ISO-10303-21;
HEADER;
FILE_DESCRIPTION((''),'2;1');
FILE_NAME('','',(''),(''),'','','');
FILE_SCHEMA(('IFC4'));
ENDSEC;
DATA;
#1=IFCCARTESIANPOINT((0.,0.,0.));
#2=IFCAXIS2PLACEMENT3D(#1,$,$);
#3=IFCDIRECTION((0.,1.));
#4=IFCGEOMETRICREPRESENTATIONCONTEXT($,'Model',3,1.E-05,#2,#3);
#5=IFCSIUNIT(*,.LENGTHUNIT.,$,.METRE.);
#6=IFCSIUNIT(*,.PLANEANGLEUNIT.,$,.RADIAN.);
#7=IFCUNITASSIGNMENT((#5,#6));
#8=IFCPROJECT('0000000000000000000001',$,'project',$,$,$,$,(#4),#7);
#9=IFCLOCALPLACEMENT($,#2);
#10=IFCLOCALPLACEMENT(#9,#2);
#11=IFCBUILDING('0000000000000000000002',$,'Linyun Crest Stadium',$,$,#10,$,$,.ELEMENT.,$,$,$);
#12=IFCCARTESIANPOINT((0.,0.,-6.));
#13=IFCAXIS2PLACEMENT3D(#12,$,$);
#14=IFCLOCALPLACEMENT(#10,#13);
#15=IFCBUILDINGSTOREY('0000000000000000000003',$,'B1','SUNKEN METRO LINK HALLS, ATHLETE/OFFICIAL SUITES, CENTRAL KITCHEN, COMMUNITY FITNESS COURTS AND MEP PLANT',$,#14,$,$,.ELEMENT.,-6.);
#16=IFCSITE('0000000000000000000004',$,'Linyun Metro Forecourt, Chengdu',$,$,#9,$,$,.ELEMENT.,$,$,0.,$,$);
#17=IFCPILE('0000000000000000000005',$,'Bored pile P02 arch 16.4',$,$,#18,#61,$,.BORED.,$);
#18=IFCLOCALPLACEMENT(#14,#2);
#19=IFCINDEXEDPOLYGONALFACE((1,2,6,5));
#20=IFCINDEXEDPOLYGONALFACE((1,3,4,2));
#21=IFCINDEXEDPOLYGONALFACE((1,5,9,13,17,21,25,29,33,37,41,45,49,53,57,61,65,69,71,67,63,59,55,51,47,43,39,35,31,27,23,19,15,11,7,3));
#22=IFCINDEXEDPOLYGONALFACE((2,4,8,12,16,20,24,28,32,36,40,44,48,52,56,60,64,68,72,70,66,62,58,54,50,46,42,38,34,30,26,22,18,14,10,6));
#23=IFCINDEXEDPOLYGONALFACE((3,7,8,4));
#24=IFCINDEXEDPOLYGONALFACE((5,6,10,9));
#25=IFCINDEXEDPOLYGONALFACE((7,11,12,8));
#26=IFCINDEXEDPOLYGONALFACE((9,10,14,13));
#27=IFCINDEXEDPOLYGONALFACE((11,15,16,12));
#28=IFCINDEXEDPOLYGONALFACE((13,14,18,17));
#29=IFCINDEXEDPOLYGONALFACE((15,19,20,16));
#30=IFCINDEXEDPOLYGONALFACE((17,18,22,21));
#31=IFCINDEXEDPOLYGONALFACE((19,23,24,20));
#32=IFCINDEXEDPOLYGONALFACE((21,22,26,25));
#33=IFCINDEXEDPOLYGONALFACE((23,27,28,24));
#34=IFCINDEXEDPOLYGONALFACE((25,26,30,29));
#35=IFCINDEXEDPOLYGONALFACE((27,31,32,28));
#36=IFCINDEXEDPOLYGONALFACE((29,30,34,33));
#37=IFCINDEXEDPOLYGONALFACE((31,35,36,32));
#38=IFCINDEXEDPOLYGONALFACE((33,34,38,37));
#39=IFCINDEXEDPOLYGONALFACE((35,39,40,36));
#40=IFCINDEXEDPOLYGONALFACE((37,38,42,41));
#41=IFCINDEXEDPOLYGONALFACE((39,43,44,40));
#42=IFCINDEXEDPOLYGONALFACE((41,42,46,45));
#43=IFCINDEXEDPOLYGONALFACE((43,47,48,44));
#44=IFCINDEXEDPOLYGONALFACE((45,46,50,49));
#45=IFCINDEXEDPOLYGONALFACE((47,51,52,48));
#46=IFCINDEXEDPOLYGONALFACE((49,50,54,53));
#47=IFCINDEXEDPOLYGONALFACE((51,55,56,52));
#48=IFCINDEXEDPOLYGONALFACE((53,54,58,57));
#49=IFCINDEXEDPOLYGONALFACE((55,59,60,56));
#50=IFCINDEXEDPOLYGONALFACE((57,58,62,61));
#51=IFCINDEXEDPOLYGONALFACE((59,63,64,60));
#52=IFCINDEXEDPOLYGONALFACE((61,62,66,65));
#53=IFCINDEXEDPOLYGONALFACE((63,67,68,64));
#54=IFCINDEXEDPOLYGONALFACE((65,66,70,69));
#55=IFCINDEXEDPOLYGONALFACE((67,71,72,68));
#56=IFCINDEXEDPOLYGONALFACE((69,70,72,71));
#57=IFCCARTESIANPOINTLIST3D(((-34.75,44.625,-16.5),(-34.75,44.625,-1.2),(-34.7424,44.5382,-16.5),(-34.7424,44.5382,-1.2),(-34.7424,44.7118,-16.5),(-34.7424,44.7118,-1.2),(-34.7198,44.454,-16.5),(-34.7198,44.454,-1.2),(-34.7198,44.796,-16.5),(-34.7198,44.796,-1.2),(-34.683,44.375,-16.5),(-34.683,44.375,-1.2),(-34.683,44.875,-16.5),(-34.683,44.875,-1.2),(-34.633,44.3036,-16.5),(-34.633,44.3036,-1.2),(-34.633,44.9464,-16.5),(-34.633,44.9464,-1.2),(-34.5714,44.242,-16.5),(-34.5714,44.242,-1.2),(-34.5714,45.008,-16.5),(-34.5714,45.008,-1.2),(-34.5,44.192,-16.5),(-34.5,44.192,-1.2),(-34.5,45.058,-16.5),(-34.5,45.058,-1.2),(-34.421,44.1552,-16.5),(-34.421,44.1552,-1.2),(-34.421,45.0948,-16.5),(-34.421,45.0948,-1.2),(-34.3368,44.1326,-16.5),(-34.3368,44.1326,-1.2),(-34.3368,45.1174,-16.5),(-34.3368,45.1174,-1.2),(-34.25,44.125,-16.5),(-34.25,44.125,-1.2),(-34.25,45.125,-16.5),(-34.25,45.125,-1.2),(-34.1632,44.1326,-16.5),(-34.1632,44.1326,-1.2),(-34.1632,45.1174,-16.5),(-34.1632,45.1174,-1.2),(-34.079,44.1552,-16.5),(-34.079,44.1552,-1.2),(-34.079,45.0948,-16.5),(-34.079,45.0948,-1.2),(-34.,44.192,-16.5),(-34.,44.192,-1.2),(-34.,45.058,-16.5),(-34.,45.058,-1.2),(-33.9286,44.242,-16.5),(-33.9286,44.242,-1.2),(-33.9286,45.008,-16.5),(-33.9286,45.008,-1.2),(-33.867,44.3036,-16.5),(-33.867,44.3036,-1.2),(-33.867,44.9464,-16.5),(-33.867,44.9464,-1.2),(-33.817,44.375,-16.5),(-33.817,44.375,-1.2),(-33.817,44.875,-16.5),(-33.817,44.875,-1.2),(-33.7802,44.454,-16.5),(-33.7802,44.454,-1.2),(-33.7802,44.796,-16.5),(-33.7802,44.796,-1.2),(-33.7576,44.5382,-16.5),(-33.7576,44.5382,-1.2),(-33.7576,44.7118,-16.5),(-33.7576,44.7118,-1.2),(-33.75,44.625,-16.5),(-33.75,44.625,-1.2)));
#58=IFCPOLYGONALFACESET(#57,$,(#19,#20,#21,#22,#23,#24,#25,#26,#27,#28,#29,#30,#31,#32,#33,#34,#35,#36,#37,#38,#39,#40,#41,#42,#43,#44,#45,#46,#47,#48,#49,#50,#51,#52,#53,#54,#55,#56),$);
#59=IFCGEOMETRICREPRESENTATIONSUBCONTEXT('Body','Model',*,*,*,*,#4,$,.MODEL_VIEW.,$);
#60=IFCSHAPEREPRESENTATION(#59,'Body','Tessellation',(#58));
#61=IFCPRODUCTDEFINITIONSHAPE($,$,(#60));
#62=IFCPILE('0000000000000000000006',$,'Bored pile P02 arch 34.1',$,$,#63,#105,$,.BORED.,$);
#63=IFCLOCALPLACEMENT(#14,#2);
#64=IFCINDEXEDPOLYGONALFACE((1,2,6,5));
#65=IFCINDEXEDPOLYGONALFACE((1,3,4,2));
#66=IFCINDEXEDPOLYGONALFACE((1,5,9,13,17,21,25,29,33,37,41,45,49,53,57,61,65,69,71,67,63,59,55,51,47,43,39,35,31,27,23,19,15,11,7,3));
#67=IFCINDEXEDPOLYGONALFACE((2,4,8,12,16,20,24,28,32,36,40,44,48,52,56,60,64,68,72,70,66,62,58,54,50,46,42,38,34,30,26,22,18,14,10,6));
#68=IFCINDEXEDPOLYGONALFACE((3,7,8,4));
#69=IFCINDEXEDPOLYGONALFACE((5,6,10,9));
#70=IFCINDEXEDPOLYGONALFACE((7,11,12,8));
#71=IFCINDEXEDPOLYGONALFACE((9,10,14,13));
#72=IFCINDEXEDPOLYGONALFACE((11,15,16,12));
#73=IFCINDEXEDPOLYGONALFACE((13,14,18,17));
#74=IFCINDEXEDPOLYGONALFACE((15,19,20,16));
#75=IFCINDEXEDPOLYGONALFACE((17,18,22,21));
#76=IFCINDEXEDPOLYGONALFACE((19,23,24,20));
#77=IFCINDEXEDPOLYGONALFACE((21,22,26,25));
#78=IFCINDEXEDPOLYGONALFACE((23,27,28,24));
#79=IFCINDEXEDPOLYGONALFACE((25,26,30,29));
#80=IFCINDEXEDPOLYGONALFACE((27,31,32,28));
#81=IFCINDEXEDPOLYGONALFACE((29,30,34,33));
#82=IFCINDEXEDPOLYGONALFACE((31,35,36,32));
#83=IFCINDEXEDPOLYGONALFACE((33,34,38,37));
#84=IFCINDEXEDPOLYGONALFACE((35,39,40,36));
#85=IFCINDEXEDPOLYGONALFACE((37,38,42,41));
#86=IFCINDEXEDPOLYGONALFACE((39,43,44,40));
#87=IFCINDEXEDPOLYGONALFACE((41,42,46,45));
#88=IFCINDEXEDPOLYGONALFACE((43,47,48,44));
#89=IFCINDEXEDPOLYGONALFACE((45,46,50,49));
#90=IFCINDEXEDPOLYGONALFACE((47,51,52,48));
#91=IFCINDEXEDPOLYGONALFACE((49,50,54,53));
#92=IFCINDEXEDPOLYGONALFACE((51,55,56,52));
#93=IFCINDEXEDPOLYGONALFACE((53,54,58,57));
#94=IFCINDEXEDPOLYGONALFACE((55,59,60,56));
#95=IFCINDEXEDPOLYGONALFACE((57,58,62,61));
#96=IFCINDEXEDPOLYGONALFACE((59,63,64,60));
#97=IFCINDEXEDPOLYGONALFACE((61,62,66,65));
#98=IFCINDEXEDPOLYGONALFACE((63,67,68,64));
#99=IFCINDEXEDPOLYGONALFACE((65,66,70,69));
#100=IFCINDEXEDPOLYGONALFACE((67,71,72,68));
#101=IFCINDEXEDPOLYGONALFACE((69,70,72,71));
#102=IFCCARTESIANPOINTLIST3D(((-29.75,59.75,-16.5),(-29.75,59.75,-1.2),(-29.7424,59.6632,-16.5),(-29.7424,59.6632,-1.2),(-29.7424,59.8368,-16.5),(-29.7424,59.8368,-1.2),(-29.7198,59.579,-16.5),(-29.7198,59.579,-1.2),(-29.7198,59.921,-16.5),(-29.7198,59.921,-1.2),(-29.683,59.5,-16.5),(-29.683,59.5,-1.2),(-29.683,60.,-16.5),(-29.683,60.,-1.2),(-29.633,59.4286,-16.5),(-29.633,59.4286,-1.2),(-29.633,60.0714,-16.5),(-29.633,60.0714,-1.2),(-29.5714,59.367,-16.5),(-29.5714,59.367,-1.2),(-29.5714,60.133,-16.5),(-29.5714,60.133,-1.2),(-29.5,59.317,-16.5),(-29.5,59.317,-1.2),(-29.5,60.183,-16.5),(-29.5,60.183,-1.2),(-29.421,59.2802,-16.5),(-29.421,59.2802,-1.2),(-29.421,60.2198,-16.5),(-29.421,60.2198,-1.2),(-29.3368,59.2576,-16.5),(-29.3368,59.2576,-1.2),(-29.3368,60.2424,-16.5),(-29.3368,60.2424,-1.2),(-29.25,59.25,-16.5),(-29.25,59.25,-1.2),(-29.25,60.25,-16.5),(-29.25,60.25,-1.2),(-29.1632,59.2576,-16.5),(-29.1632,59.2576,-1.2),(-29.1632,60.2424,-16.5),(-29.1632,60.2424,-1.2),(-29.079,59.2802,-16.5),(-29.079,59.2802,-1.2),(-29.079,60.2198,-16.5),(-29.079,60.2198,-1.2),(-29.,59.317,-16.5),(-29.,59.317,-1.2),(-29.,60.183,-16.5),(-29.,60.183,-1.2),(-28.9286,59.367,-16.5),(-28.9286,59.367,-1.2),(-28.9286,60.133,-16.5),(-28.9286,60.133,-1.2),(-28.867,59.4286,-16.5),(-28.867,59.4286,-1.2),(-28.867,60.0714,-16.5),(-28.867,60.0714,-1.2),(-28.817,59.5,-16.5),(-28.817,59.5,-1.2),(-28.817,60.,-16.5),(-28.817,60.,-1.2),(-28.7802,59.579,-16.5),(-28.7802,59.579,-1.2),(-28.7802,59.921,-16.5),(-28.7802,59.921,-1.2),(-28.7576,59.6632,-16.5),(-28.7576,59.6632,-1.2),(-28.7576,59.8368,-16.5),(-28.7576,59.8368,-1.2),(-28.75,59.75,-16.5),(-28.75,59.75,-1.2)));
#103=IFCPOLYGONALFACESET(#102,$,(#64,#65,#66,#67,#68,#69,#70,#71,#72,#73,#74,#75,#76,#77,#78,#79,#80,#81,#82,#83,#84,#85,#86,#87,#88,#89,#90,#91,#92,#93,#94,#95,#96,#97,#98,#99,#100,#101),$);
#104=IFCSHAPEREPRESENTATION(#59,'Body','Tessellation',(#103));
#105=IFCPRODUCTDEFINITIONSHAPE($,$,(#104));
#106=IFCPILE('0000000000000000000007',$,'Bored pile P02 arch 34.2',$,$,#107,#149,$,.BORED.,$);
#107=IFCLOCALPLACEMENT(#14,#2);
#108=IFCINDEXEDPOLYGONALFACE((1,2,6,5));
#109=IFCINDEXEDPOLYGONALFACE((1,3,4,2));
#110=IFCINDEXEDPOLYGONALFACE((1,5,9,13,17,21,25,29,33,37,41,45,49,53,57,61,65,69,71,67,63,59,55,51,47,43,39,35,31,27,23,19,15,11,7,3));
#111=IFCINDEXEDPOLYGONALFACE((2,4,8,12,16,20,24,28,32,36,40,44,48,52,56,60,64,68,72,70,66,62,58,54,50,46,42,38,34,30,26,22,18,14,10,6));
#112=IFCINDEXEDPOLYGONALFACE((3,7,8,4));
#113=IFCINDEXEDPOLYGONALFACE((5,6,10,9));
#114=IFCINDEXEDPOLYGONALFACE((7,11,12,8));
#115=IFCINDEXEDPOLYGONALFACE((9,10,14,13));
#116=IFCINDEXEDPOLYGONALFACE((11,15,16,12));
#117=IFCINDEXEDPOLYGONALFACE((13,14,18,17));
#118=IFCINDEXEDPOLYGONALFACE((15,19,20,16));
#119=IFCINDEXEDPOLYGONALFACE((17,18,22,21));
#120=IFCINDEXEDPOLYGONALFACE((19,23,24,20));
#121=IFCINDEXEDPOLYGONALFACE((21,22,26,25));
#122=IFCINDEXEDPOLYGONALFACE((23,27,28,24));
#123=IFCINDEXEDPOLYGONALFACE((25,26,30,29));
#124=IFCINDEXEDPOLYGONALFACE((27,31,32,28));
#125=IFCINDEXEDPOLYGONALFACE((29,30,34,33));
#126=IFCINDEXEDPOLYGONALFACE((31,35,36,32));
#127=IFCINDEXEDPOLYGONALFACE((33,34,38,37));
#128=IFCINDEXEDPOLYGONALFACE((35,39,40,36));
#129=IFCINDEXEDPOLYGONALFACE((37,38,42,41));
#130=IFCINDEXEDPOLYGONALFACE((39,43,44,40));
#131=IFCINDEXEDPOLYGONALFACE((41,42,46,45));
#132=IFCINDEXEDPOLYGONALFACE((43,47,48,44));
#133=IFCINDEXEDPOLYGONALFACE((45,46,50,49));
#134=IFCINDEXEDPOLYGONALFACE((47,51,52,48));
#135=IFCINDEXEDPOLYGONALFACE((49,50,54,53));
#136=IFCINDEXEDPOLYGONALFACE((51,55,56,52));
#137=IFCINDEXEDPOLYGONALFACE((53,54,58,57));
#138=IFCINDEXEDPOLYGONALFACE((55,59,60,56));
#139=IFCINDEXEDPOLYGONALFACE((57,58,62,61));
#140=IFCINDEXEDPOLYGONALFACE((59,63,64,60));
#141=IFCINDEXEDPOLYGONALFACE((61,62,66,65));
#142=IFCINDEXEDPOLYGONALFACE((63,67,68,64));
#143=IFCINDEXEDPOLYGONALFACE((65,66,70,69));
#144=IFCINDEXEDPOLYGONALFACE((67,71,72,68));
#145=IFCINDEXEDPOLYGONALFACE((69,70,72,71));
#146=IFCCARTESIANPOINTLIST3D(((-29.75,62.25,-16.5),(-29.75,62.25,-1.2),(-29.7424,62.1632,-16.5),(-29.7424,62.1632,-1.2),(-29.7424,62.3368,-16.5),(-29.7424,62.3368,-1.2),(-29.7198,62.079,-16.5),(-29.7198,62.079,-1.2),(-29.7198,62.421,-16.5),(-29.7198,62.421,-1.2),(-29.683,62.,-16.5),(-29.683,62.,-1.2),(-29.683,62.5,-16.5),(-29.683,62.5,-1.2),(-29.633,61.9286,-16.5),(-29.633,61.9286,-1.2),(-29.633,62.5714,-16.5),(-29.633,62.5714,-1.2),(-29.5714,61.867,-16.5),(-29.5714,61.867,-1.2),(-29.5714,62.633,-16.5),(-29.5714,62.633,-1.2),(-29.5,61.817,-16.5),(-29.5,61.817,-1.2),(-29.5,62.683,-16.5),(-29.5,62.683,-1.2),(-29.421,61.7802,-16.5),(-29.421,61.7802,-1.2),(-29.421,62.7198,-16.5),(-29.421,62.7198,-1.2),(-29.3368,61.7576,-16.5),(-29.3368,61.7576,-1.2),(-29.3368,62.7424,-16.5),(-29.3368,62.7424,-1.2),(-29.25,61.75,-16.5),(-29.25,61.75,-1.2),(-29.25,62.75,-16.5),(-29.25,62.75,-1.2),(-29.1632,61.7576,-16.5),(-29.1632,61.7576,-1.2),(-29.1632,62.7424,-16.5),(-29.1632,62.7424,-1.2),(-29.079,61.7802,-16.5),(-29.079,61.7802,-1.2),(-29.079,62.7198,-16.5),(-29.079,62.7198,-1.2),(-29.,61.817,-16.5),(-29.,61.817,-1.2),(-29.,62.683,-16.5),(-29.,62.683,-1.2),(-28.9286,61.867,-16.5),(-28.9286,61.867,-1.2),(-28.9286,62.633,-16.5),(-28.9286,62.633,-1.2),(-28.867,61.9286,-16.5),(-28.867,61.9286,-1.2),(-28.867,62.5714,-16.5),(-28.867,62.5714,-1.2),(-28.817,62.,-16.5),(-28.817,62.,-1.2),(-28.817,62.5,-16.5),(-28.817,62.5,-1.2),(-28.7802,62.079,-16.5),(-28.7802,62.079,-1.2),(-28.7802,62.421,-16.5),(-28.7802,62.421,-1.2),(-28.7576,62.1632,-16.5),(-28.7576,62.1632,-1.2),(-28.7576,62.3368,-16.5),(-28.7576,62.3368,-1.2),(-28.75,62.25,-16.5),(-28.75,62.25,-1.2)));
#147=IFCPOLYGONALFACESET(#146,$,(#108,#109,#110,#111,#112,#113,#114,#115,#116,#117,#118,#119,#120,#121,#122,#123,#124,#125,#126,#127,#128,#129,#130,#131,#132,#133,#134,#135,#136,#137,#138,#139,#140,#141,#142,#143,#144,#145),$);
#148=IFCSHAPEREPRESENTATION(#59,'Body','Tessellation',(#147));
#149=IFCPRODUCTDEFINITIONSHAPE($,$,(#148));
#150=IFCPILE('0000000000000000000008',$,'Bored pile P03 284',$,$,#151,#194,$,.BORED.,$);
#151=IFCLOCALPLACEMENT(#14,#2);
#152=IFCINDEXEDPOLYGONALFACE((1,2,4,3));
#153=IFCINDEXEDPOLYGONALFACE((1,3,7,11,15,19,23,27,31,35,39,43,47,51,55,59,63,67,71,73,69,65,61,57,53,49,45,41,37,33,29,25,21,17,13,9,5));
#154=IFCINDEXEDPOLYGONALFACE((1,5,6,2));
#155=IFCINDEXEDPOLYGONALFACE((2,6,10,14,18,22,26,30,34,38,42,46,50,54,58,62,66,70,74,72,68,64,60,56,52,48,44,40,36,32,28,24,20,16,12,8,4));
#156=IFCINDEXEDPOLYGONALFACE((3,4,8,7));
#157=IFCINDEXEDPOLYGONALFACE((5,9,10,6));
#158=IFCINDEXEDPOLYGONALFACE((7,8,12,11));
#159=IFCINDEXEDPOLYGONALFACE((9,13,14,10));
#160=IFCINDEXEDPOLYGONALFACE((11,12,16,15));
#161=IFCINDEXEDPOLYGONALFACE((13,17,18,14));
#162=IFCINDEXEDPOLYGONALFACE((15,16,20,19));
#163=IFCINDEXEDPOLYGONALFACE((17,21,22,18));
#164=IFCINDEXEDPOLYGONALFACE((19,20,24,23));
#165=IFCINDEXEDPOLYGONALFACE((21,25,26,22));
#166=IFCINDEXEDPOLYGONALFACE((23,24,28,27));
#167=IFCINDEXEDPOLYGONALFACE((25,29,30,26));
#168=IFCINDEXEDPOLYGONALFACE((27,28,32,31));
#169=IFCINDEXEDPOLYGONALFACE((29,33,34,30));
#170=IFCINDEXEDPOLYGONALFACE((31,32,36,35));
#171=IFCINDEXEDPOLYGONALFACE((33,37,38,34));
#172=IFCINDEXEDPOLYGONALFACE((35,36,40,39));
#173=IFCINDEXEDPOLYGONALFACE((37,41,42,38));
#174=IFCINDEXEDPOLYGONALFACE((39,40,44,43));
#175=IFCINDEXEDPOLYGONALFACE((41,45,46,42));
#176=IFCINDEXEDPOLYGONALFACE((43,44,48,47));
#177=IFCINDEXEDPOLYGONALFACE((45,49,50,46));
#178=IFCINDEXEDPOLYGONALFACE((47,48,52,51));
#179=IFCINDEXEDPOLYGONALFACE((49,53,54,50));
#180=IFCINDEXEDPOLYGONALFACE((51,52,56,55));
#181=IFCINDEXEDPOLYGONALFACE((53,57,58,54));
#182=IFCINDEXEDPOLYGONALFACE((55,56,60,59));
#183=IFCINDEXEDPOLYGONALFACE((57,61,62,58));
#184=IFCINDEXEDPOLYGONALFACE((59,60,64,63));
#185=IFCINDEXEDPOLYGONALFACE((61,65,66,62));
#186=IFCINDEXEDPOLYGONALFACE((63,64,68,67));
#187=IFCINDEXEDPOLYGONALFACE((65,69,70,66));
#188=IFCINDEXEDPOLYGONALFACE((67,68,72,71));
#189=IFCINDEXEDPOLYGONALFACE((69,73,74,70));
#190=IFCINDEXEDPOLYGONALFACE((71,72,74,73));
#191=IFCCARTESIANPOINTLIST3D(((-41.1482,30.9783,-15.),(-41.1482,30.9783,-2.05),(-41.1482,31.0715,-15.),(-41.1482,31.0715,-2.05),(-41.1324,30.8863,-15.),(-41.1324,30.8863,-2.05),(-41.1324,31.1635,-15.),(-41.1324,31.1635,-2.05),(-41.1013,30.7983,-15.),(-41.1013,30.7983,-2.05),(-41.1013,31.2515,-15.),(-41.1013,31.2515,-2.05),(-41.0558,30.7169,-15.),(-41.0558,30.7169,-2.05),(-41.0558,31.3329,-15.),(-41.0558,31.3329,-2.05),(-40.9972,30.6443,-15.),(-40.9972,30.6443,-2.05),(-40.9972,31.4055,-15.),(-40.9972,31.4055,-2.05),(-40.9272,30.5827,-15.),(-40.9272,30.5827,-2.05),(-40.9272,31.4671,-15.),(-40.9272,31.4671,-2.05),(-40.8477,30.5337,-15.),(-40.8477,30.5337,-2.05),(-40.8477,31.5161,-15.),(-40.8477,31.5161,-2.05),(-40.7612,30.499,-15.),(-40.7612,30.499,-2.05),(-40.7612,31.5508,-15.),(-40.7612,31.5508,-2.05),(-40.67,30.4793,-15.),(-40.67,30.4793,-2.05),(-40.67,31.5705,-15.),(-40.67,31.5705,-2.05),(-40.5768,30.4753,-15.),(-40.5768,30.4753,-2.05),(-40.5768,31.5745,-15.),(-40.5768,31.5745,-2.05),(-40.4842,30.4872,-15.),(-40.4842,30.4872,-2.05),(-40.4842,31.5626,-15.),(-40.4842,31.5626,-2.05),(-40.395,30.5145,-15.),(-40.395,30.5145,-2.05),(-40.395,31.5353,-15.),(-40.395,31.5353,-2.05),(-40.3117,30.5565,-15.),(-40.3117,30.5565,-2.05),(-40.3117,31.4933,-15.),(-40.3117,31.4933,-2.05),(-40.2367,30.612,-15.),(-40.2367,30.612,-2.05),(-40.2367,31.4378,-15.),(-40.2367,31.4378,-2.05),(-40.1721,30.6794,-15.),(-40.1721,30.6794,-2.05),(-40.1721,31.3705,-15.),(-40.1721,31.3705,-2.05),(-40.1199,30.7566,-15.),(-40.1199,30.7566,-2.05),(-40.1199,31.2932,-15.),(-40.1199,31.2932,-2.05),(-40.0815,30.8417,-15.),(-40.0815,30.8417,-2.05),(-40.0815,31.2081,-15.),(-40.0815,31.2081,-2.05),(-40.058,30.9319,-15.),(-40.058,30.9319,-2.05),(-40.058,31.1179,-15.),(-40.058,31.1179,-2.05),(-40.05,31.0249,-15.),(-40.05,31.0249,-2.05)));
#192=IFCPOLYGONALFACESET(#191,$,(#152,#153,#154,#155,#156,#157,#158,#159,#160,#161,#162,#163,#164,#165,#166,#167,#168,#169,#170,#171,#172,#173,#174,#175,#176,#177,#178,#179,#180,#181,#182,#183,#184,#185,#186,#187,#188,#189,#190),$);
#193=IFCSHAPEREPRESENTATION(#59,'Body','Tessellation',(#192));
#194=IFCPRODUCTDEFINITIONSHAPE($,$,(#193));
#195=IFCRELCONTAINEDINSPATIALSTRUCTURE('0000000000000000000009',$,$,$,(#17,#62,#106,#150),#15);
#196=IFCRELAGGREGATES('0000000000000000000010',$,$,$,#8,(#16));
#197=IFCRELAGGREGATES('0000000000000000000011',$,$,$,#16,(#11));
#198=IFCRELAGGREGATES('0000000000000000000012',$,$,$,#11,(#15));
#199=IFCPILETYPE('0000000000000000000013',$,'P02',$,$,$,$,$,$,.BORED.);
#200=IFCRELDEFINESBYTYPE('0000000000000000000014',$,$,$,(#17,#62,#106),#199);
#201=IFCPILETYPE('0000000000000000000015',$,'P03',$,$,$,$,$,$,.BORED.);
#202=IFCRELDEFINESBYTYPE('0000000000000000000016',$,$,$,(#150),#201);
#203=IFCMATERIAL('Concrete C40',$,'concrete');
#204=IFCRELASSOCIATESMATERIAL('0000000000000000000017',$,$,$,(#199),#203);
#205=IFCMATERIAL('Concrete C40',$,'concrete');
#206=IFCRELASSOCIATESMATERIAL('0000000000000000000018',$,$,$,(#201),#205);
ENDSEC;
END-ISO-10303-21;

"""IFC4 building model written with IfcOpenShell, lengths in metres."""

from ifc_helpers import new_model, si_unit, direction, frame, origin, origin_2d, place, context, subcontext, project, spatial, circle, extrude, material, material_profile, profile_set, type_object, element, save


model = new_model("IFC4")

# Units and contexts
model_context = context("Model", 3, precision=1e-05, world=origin(), true_north=direction((0.0, 1.0)))
body_context = subcontext(model_context, "Body", "Model", "MODEL_VIEW")
ifc_project = project(units=[si_unit("LENGTHUNIT", "METRE"), si_unit("PLANEANGLEUNIT", "RADIAN")], contexts=[model_context])

# Site, building, storey
site_placement = place(None, origin())
site = spatial("IfcSite", under=ifc_project, at=site_placement, Name="Linyun Metro Forecourt, Chengdu", CompositionType="ELEMENT", RefElevation=0.0)
building_placement = place(site_placement, origin())
building = spatial("IfcBuilding", under=site, at=building_placement, Name="Linyun Crest Stadium", CompositionType="ELEMENT")
storey_placement = place(building_placement, frame((0.0, 0.0, -6.0)))
storey = spatial("IfcBuildingStorey", under=building, at=storey_placement, Name="B1", Description="SUNKEN METRO LINK HALLS, ATHLETE/OFFICIAL SUITES, CENTRAL KITCHEN, COMMUNITY FITNESS COURTS AND MEP PLANT", CompositionType="ELEMENT", Elevation=-6.0)

# Piles
ifc_material_1 = material(Name="Concrete C40", Category="concrete")
ifc_material_profile_1 = material_profile(ifc_material_1, circle(Radius=0.5, at=origin_2d()), Name="BORED PILE 1000")
ifc_profile_set_1 = profile_set([ifc_material_profile_1], Name="Concrete C40")
pile_type_1 = type_object("IfcPileType", Name="P02", PredefinedType="BORED", material=ifc_profile_set_1)
for number, where, z_axis, x_axis, name in (
    (1, (-34.25, 44.625, -1.2), (0.0, 0.0, -1.0), (1.0, 0.0, 0.0), "Bored pile P02 arch 16.4"),
    (2, (-29.25, 59.75, -1.2), (0.0, 0.0, -1.0), (1.0, 0.0, 0.0), "Bored pile P02 arch 34.1"),
    (3, (-29.25, 62.25, -1.2), (0.0, 0.0, -1.0), (1.0, 0.0, 0.0), "Bored pile P02 arch 34.2"),
):
    element("IfcPile", number, at=place(storey_placement, frame(where, z_axis=z_axis, x_axis=x_axis)), inside=storey, type_object=pile_type_1, Name=name, PredefinedType="BORED", context=body_context, shape_type="SweptSolid", body=[
        extrude(circle(Radius=0.5, at=origin_2d()), origin(), (0.0, 0.0, 1.0), 15.3),
    ])
ifc_material_2 = material(Name="Concrete C40", Category="concrete")
ifc_material_profile_2 = material_profile(ifc_material_2, circle(Radius=0.55, at=origin_2d()), Name="BORED PILE 1100")
ifc_profile_set_2 = profile_set([ifc_material_profile_2], Name="Concrete C40")
pile_type_2 = type_object("IfcPileType", Name="P03", PredefinedType="BORED", material=ifc_profile_set_2)
for number, where, z_axis, x_axis, name in (
    (4, (-40.6001, 31.0249, -2.05), (0.0, 0.0, -1.0), (1.0, 0.0, 0.0), "Bored pile P03 284"),
):
    element("IfcPile", number, at=place(storey_placement, frame(where, z_axis=z_axis, x_axis=x_axis)), inside=storey, type_object=pile_type_2, Name=name, PredefinedType="BORED", context=body_context, shape_type="SweptSolid", body=[
        extrude(circle(Radius=0.55, at=origin_2d()), origin(), (0.0, 0.0, 1.0), 12.95),
    ])

save(model, "model.ifc")
